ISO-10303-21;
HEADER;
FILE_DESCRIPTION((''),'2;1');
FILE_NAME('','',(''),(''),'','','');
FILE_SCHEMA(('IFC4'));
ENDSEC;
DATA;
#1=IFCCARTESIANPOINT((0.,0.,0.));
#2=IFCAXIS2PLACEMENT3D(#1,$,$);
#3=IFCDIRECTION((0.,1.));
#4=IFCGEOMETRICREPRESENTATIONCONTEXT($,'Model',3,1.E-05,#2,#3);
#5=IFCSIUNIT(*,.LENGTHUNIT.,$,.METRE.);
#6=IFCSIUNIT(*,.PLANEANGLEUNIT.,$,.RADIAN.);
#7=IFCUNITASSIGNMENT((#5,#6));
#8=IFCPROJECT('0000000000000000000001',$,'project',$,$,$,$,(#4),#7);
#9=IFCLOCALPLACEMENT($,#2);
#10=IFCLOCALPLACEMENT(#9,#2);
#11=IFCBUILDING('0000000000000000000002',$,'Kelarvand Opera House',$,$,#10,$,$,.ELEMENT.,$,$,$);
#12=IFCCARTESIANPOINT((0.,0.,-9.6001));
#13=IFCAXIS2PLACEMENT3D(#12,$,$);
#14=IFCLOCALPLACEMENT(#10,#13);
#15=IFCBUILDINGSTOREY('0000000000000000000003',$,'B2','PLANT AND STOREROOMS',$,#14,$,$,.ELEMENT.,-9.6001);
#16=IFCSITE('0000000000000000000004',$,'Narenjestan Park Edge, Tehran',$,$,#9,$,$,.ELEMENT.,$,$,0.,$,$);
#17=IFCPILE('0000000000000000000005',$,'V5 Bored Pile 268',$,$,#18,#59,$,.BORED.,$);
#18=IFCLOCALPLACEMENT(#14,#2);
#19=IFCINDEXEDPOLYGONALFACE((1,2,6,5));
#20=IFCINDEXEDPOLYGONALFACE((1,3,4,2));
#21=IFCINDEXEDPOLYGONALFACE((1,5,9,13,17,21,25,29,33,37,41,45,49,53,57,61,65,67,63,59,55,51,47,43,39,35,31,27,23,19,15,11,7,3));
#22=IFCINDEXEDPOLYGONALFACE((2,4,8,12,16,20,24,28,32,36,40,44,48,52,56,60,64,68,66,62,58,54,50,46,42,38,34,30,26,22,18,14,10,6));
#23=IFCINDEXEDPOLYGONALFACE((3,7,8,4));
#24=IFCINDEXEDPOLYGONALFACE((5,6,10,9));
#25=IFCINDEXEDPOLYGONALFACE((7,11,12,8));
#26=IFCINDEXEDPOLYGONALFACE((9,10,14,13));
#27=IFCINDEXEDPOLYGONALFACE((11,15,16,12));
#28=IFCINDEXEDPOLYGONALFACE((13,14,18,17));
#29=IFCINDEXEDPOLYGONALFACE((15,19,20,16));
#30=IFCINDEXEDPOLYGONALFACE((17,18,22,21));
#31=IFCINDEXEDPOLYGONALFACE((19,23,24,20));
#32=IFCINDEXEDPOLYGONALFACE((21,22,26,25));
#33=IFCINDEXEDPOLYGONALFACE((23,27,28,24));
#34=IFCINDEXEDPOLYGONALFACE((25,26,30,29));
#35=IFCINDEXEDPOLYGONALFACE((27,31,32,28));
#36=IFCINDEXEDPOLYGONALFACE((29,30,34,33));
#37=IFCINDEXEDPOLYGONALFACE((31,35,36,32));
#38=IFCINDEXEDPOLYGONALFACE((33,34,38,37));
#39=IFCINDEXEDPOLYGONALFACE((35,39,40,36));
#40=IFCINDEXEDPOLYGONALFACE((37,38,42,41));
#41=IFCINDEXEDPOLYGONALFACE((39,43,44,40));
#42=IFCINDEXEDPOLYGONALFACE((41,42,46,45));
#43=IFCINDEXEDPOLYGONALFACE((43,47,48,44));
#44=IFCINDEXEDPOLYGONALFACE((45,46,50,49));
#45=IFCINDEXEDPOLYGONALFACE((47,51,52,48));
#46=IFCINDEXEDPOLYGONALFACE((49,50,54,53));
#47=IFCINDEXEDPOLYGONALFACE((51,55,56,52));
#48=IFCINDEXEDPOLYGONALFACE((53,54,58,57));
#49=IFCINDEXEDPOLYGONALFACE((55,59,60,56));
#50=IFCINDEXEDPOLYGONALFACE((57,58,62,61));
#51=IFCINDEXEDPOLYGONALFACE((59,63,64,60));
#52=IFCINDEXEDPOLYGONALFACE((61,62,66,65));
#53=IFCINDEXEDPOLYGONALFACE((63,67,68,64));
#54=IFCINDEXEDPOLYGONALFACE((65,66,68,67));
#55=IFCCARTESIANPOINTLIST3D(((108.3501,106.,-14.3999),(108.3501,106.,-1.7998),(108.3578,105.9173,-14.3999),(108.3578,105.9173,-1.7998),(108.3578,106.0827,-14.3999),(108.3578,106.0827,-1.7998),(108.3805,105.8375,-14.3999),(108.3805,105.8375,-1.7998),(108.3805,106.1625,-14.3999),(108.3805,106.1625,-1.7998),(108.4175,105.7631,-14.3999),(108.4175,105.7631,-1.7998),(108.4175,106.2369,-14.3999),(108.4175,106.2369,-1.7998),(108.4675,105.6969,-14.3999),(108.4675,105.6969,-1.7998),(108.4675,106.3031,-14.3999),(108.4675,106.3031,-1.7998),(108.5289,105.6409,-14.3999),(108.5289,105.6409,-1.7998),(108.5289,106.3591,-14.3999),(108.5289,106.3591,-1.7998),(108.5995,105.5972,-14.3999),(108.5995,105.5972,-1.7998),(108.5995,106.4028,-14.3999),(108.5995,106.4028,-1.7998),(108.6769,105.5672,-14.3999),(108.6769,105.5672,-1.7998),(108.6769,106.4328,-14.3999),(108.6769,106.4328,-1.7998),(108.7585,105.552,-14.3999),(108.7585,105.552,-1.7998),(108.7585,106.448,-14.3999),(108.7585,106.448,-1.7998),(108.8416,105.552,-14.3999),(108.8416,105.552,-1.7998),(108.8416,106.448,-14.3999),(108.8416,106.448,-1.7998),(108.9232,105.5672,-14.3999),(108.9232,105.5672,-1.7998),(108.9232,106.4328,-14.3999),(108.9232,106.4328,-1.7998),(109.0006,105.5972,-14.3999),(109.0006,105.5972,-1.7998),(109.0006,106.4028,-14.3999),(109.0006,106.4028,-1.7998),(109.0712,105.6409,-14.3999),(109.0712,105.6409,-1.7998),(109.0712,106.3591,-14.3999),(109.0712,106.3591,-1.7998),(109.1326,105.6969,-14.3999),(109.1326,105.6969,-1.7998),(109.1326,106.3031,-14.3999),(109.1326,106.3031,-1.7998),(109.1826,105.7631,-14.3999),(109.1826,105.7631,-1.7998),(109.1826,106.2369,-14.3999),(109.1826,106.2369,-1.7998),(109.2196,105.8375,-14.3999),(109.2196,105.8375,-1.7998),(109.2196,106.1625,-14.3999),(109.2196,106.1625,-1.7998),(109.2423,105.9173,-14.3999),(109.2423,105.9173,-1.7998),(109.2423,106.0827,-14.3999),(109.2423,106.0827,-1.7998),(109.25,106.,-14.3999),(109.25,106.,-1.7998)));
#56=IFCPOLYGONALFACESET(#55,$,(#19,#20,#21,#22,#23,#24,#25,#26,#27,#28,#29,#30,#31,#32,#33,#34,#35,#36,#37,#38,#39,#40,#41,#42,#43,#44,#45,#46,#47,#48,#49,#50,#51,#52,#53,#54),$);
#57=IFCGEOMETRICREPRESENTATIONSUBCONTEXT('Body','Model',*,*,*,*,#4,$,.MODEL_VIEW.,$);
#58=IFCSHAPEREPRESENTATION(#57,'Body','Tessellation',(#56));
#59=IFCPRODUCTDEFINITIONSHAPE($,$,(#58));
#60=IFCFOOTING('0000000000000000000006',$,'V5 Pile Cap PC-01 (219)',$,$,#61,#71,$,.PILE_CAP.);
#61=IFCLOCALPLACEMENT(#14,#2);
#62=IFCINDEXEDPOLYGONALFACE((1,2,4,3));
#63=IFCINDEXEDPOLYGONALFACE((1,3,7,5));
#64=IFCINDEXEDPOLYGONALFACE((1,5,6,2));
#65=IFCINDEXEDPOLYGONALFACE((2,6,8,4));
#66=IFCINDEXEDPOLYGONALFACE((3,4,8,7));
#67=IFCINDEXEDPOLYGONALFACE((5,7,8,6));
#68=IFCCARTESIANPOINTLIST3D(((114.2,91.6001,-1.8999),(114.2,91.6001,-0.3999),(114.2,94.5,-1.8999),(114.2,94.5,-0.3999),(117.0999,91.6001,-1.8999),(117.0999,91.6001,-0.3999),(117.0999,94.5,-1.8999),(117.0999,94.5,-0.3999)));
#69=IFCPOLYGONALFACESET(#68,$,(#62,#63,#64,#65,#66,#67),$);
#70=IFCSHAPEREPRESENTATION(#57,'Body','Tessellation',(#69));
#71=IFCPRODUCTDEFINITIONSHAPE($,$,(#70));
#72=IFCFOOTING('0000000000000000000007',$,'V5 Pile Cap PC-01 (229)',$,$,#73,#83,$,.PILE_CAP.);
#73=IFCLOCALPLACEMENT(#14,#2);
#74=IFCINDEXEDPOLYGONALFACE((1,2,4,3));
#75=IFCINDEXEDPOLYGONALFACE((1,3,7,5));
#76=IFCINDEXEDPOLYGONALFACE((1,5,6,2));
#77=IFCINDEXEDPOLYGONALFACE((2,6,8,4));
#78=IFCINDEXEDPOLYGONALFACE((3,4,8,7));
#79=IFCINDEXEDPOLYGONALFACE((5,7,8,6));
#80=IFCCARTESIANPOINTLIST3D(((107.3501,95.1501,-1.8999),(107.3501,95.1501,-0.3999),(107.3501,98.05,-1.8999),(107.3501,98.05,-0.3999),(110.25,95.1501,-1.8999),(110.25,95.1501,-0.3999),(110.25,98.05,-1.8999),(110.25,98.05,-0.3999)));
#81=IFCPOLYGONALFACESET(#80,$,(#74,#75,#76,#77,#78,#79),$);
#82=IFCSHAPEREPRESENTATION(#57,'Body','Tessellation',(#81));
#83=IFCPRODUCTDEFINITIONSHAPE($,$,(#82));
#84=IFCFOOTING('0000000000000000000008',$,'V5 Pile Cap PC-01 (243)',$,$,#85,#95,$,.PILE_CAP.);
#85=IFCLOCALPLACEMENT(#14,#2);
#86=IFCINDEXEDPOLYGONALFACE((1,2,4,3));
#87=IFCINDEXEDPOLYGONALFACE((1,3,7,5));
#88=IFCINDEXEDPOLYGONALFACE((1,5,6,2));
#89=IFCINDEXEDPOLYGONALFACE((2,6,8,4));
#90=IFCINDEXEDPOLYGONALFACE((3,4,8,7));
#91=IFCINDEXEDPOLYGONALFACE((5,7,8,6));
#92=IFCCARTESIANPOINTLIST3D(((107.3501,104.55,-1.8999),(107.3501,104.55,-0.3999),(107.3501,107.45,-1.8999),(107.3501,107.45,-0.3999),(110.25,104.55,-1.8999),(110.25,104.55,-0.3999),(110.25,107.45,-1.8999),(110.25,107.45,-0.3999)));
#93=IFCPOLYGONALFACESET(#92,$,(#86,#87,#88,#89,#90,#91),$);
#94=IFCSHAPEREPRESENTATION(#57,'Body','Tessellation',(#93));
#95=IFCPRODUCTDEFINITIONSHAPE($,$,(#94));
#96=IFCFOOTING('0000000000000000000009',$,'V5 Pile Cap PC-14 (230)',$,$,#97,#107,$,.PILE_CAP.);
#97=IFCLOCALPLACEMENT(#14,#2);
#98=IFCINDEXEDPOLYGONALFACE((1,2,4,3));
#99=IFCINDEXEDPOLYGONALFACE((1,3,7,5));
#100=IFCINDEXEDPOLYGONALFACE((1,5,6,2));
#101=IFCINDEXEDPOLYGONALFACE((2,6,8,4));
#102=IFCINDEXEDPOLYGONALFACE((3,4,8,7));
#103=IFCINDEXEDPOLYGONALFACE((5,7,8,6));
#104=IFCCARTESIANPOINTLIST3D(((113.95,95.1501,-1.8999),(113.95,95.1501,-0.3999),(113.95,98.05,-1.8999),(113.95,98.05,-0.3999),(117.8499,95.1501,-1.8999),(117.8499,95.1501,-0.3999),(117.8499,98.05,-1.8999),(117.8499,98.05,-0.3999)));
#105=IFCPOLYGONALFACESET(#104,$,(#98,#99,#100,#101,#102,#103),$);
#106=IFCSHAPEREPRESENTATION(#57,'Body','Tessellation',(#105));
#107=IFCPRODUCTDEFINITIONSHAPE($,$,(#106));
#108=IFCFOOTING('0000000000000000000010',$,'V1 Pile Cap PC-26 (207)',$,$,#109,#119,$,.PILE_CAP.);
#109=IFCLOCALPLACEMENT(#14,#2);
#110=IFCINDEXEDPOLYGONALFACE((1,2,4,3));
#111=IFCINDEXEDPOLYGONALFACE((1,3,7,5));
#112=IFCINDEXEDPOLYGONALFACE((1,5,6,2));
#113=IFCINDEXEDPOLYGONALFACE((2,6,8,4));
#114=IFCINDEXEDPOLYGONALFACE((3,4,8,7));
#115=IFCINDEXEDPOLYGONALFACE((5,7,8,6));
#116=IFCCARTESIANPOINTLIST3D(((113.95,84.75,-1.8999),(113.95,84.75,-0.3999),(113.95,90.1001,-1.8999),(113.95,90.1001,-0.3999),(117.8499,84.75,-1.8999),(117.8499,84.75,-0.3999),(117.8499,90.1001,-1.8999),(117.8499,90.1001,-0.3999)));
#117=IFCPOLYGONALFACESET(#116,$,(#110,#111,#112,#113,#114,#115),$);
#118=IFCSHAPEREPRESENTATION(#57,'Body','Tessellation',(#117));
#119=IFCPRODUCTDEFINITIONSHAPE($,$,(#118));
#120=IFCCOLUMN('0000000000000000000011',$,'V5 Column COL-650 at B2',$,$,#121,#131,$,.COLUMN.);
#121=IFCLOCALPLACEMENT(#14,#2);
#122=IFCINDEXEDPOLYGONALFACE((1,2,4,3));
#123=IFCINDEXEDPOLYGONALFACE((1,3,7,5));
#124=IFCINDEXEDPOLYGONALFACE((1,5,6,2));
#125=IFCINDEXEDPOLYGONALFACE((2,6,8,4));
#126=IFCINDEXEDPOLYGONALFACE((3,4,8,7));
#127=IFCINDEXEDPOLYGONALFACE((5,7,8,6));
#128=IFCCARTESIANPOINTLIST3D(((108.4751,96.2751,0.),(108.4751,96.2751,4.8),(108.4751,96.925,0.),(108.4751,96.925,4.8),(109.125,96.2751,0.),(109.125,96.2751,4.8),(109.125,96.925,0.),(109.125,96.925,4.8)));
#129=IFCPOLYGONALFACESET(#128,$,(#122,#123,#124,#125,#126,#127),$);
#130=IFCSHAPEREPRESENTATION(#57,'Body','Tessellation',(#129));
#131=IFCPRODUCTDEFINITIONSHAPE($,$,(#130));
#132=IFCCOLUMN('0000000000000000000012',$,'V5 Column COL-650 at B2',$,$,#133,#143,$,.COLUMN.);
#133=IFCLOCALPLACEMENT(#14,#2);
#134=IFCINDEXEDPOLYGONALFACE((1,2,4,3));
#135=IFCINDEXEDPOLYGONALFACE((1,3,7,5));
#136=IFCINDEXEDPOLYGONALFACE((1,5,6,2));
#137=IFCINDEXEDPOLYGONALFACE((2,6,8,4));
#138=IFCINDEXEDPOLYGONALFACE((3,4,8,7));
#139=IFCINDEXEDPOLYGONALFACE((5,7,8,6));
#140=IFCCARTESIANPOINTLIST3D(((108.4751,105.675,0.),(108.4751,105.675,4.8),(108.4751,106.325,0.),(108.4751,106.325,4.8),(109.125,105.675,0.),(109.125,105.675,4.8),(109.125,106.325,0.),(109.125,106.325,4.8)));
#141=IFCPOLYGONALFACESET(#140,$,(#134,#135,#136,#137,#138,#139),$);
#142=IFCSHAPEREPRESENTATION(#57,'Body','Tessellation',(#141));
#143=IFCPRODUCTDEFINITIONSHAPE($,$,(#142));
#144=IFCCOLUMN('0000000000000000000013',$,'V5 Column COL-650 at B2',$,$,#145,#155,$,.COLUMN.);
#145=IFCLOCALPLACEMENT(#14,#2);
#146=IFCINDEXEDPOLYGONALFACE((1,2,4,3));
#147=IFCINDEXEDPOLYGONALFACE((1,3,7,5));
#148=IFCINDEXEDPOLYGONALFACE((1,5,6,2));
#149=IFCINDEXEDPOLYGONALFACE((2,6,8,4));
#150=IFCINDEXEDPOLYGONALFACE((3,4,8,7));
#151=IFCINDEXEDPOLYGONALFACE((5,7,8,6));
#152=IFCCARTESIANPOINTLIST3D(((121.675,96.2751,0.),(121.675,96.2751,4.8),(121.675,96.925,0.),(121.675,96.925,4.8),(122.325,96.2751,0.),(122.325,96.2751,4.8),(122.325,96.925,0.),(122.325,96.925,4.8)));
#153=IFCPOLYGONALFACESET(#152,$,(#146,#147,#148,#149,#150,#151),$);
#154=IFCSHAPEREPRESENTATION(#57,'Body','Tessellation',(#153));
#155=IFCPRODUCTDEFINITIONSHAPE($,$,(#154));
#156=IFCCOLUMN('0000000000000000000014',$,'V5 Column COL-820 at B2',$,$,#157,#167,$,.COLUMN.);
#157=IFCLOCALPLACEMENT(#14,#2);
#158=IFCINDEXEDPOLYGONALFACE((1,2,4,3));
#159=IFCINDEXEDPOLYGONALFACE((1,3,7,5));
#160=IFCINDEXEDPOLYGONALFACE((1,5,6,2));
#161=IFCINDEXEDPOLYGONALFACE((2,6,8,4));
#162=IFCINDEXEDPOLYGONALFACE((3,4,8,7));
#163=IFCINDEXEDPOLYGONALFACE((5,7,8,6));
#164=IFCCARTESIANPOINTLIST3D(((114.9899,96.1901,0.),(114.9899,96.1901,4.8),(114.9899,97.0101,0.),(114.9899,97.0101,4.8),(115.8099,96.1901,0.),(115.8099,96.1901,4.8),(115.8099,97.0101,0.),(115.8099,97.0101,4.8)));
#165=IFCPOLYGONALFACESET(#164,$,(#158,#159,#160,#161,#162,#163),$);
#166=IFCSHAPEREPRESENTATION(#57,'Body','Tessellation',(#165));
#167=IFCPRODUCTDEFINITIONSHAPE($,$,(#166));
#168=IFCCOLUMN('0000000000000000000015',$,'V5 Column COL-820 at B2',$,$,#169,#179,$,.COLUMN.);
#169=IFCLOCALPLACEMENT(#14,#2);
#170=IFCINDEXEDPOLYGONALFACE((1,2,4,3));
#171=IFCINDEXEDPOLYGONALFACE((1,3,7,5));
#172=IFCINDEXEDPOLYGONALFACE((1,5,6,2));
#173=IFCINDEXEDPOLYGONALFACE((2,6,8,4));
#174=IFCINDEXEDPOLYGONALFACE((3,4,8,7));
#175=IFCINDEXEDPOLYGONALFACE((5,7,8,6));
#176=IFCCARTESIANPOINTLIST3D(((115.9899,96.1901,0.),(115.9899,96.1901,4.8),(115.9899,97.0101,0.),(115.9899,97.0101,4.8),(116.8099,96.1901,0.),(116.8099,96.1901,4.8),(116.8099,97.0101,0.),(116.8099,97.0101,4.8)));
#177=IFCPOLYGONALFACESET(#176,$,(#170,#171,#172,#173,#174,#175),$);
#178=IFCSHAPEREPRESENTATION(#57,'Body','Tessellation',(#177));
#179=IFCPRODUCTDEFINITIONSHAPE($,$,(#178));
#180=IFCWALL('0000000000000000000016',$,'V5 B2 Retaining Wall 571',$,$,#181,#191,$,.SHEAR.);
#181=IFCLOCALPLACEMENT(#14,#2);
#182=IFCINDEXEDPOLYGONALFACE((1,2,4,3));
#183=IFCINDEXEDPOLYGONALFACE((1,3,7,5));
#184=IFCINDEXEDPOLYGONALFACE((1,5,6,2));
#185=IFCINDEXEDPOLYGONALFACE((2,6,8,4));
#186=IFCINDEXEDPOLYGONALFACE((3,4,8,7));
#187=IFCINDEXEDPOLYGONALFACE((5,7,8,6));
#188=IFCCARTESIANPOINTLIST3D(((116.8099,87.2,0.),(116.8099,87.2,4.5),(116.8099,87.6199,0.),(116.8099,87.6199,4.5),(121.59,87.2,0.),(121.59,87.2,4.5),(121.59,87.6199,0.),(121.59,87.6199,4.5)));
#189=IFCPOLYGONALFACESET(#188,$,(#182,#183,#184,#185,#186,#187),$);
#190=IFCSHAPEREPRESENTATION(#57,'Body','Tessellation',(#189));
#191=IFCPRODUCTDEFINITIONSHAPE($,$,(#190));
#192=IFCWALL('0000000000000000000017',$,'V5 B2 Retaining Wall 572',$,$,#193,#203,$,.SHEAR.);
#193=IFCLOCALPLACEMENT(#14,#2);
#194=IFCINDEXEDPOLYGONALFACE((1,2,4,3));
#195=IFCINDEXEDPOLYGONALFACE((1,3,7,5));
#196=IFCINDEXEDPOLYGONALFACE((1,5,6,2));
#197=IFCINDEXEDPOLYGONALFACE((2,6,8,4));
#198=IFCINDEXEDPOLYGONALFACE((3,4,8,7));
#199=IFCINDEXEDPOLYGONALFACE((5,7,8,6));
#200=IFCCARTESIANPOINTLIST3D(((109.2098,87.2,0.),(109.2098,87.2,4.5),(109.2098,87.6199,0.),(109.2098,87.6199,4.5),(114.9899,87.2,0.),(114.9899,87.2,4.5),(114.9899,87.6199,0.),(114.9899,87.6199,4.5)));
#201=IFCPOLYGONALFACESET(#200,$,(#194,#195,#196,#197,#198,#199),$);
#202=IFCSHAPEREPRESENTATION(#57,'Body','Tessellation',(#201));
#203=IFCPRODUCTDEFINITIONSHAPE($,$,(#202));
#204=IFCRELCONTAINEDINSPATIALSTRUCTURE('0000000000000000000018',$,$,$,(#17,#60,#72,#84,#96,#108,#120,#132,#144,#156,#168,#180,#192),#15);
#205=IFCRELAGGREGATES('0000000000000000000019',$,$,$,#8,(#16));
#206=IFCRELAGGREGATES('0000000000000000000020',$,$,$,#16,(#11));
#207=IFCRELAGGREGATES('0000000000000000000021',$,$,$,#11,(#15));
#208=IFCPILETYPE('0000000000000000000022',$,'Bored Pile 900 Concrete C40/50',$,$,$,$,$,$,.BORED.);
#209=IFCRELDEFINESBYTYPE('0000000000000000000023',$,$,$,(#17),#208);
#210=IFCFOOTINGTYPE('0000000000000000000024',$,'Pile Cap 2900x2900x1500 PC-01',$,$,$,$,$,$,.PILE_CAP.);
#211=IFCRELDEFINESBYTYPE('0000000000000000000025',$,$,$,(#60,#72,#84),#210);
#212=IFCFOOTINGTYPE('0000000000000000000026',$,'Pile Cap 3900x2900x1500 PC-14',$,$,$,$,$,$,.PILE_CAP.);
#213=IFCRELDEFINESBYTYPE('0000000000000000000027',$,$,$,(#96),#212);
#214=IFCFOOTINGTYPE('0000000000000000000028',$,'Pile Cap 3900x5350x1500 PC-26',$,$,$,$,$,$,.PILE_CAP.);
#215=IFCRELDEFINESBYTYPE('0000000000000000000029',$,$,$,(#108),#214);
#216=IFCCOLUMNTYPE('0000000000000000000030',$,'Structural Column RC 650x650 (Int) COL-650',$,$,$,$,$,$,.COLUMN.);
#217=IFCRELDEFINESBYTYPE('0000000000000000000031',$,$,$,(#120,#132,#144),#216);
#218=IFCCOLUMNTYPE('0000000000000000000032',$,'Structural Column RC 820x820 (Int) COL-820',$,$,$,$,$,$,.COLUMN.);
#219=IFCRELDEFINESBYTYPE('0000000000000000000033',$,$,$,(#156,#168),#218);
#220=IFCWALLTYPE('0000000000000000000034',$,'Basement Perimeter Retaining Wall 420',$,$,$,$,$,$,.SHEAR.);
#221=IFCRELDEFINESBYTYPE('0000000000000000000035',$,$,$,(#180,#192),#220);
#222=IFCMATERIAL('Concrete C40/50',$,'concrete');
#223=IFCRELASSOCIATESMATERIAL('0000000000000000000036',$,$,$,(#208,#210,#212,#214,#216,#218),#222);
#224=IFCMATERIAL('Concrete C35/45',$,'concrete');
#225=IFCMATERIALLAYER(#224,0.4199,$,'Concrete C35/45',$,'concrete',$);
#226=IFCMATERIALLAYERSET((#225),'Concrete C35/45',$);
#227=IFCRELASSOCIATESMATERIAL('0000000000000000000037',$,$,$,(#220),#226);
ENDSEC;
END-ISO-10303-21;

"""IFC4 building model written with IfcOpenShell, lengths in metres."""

from ifc_helpers import new_model, si_unit, direction, frame, frame_2d, origin, origin_2d, place, context, subcontext, project, spatial, rectangle, circle, extrude, material, layer, layer_set, material_profile, profile_set, type_object, element, save


model = new_model("IFC4")

# Units and contexts
model_context = context("Model", 3, precision=1e-05, world=origin(), true_north=direction((0.0, 1.0)))
body_context = subcontext(model_context, "Body", "Model", "MODEL_VIEW")
ifc_project = project(units=[si_unit("LENGTHUNIT", "METRE"), si_unit("PLANEANGLEUNIT", "RADIAN")], contexts=[model_context])

# Site, building, storey
site_placement = place(None, origin())
site = spatial("IfcSite", under=ifc_project, at=site_placement, Name="Narenjestan Park Edge, Tehran", CompositionType="ELEMENT", RefElevation=0.0)
building_placement = place(site_placement, origin())
building = spatial("IfcBuilding", under=site, at=building_placement, Name="Kelarvand Opera House", CompositionType="ELEMENT")
storey_placement = place(building_placement, frame((0.0, 0.0, -9.6001)))
storey = spatial("IfcBuildingStorey", under=building, at=storey_placement, Name="B2", Description="PLANT AND STOREROOMS", CompositionType="ELEMENT", Elevation=-9.6001)

# Pile
ifc_material_1 = material(Name="Concrete C40/50", Category="concrete")
ifc_material_profile_1 = material_profile(ifc_material_1, circle(Radius=0.45, at=origin_2d()), Name="BP 900", Category="concrete")
ifc_profile_set_1 = profile_set([ifc_material_profile_1], Name="Concrete C40/50")
pile_type_1 = type_object("IfcPileType", Name="Bored Pile 900 Concrete C40/50", PredefinedType="BORED", material=ifc_profile_set_1)
for number, where, z_axis, x_axis, name in (
    (1, (108.8, 106.0, -1.7998), (0.0, 0.0, -1.0), (1.0, 0.0, 0.0), "V5 Bored Pile 268"),
):
    element("IfcPile", number, at=place(storey_placement, frame(where, z_axis=z_axis, x_axis=x_axis)), inside=storey, type_object=pile_type_1, Name=name, PredefinedType="BORED", context=body_context, shape_type="SweptSolid", body=[
        extrude(circle(Radius=0.45, at=origin_2d()), origin(), (0.0, 0.0, 1.0), 12.6001),
    ])

# Footings
footing_type_1 = type_object("IfcFootingType", Name="Pile Cap 2900x2900x1500 PC-01", PredefinedType="PILE_CAP", material=ifc_material_1)
for number, where, z_axis, x_axis, name in (
    (2, (115.6499, 93.05, -1.8999), (0.0, 0.0, 1.0), (1.0, 0.0, 0.0), "V5 Pile Cap PC-01 (219)"),
    (3, (108.8, 96.6001, -1.8999), (0.0, 0.0, 1.0), (1.0, 0.0, 0.0), "V5 Pile Cap PC-01 (229)"),
    (4, (108.8, 106.0, -1.8999), (0.0, 0.0, 1.0), (1.0, 0.0, 0.0), "V5 Pile Cap PC-01 (243)"),
):
    element("IfcFooting", number, at=place(storey_placement, frame(where, z_axis=z_axis, x_axis=x_axis)), inside=storey, type_object=footing_type_1, Name=name, PredefinedType="PILE_CAP", context=body_context, shape_type="SweptSolid", body=[
        extrude(rectangle(XDim=2.8999, YDim=2.8999, at=origin_2d()), origin(), (0.0, 0.0, 1.0), 1.5),
    ])
footing_type_2 = type_object("IfcFootingType", Name="Pile Cap 3900x2900x1500 PC-14", PredefinedType="PILE_CAP", material=ifc_material_1)
footing_1_placement = place(storey_placement, frame((115.8999, 96.6001, -1.8999), z_axis=(0.0, 0.0, 1.0), x_axis=(1.0, 0.0, 0.0)))
element("IfcFooting", 5, at=footing_1_placement, inside=storey, type_object=footing_type_2, Name="V5 Pile Cap PC-14 (230)", PredefinedType="PILE_CAP", context=body_context, shape_type="SweptSolid", body=[
    extrude(rectangle(XDim=3.8999, YDim=2.8999, at=origin_2d()), origin(), (0.0, 0.0, 1.0), 1.5),
])
footing_type_3 = type_object("IfcFootingType", Name="Pile Cap 3900x5350x1500 PC-26", PredefinedType="PILE_CAP", material=ifc_material_1)
footing_2_placement = place(storey_placement, frame((115.8999, 87.425, -1.8999), z_axis=(0.0, 0.0, 1.0), x_axis=(1.0, 0.0, 0.0)))
element("IfcFooting", 6, at=footing_2_placement, inside=storey, type_object=footing_type_3, Name="V1 Pile Cap PC-26 (207)", PredefinedType="PILE_CAP", context=body_context, shape_type="SweptSolid", body=[
    extrude(rectangle(XDim=3.8999, YDim=5.3501, at=origin_2d()), origin(), (0.0, 0.0, 1.0), 1.5),
])

# Columns
ifc_material_profile_2 = material_profile(ifc_material_1, rectangle(XDim=0.6499, YDim=0.6499, at=origin_2d()), Name="RC 650x650", Category="concrete")
ifc_profile_set_2 = profile_set([ifc_material_profile_2], Name="Concrete C40/50")
column_type_1 = type_object("IfcColumnType", Name="Structural Column RC 650x650 (Int) COL-650", PredefinedType="COLUMN", material=ifc_profile_set_2)
for number, where, z_axis, x_axis, name in (
    (7, (108.8, 96.6001, 0.0), (0.0, 0.0, 1.0), (1.0, 0.0, 0.0), "V5 Column COL-650 at B2"),
    (8, (108.8, 106.0, 0.0), (0.0, 0.0, 1.0), (1.0, 0.0, 0.0), "V5 Column COL-650 at B2"),
    (9, (122.0, 96.6001, 0.0), (0.0, 0.0, 1.0), (1.0, 0.0, 0.0), "V5 Column COL-650 at B2"),
):
    element("IfcColumn", number, at=place(storey_placement, frame(where, z_axis=z_axis, x_axis=x_axis)), inside=storey, type_object=column_type_1, Name=name, PredefinedType="COLUMN", context=body_context, shape_type="SweptSolid", body=[
        extrude(rectangle(XDim=0.6499, YDim=0.6499, at=origin_2d()), origin(), (0.0, 0.0, 1.0), 4.8),
    ])
ifc_material_profile_3 = material_profile(ifc_material_1, rectangle(XDim=0.8201, YDim=0.8201, at=origin_2d()), Name="RC 820x820", Category="concrete")
ifc_profile_set_3 = profile_set([ifc_material_profile_3], Name="Concrete C40/50")
column_type_2 = type_object("IfcColumnType", Name="Structural Column RC 820x820 (Int) COL-820", PredefinedType="COLUMN", material=ifc_profile_set_3)
for number, where, z_axis, x_axis, name in (
    (10, (115.3999, 96.6001, 0.0), (0.0, 0.0, 1.0), (1.0, 0.0, 0.0), "V5 Column COL-820 at B2"),
    (11, (116.3999, 96.6001, 0.0), (0.0, 0.0, 1.0), (1.0, 0.0, 0.0), "V5 Column COL-820 at B2"),
):
    element("IfcColumn", number, at=place(storey_placement, frame(where, z_axis=z_axis, x_axis=x_axis)), inside=storey, type_object=column_type_2, Name=name, PredefinedType="COLUMN", context=body_context, shape_type="SweptSolid", body=[
        extrude(rectangle(XDim=0.8201, YDim=0.8201, at=origin_2d()), origin(), (0.0, 0.0, 1.0), 4.8),
    ])

# Walls
ifc_material_2 = material(Name="Concrete C35/45", Category="concrete")
ifc_layer_1 = layer(ifc_material_2, 0.4199, Name="Concrete C35/45", Category="concrete")
ifc_layer_set_1 = layer_set([ifc_layer_1], Name="Concrete C35/45")
wall_type_1 = type_object("IfcWallType", Name="Basement Perimeter Retaining Wall 420", PredefinedType="SHEAR", material=ifc_layer_set_1)
wall_1_placement = place(storey_placement, frame((121.5901, 87.4099, 0.0), z_axis=(0.0, 0.0, 1.0), x_axis=(-1.0, 0.0, 0.0)))
element("IfcWall", 12, at=wall_1_placement, inside=storey, type_object=wall_type_1, Name="V5 B2 Retaining Wall 571", PredefinedType="SHEAR", context=body_context, shape_type="SweptSolid", body=[
    extrude(rectangle(XDim=4.78, YDim=0.4199, at=frame_2d((2.3901, 0.0))), origin(), (0.0, 0.0, 1.0), 4.5),
])
wall_2_placement = place(storey_placement, frame((114.99, 87.4099, 0.0), z_axis=(0.0, 0.0, 1.0), x_axis=(-1.0, 0.0, 0.0)))
element("IfcWall", 13, at=wall_2_placement, inside=storey, type_object=wall_type_1, Name="V5 B2 Retaining Wall 572", PredefinedType="SHEAR", context=body_context, shape_type="SweptSolid", body=[
    extrude(rectangle(XDim=5.78, YDim=0.4199, at=frame_2d((2.8901, 0.0))), origin(), (0.0, 0.0, 1.0), 4.5),
])

save(model, "model.ifc")
